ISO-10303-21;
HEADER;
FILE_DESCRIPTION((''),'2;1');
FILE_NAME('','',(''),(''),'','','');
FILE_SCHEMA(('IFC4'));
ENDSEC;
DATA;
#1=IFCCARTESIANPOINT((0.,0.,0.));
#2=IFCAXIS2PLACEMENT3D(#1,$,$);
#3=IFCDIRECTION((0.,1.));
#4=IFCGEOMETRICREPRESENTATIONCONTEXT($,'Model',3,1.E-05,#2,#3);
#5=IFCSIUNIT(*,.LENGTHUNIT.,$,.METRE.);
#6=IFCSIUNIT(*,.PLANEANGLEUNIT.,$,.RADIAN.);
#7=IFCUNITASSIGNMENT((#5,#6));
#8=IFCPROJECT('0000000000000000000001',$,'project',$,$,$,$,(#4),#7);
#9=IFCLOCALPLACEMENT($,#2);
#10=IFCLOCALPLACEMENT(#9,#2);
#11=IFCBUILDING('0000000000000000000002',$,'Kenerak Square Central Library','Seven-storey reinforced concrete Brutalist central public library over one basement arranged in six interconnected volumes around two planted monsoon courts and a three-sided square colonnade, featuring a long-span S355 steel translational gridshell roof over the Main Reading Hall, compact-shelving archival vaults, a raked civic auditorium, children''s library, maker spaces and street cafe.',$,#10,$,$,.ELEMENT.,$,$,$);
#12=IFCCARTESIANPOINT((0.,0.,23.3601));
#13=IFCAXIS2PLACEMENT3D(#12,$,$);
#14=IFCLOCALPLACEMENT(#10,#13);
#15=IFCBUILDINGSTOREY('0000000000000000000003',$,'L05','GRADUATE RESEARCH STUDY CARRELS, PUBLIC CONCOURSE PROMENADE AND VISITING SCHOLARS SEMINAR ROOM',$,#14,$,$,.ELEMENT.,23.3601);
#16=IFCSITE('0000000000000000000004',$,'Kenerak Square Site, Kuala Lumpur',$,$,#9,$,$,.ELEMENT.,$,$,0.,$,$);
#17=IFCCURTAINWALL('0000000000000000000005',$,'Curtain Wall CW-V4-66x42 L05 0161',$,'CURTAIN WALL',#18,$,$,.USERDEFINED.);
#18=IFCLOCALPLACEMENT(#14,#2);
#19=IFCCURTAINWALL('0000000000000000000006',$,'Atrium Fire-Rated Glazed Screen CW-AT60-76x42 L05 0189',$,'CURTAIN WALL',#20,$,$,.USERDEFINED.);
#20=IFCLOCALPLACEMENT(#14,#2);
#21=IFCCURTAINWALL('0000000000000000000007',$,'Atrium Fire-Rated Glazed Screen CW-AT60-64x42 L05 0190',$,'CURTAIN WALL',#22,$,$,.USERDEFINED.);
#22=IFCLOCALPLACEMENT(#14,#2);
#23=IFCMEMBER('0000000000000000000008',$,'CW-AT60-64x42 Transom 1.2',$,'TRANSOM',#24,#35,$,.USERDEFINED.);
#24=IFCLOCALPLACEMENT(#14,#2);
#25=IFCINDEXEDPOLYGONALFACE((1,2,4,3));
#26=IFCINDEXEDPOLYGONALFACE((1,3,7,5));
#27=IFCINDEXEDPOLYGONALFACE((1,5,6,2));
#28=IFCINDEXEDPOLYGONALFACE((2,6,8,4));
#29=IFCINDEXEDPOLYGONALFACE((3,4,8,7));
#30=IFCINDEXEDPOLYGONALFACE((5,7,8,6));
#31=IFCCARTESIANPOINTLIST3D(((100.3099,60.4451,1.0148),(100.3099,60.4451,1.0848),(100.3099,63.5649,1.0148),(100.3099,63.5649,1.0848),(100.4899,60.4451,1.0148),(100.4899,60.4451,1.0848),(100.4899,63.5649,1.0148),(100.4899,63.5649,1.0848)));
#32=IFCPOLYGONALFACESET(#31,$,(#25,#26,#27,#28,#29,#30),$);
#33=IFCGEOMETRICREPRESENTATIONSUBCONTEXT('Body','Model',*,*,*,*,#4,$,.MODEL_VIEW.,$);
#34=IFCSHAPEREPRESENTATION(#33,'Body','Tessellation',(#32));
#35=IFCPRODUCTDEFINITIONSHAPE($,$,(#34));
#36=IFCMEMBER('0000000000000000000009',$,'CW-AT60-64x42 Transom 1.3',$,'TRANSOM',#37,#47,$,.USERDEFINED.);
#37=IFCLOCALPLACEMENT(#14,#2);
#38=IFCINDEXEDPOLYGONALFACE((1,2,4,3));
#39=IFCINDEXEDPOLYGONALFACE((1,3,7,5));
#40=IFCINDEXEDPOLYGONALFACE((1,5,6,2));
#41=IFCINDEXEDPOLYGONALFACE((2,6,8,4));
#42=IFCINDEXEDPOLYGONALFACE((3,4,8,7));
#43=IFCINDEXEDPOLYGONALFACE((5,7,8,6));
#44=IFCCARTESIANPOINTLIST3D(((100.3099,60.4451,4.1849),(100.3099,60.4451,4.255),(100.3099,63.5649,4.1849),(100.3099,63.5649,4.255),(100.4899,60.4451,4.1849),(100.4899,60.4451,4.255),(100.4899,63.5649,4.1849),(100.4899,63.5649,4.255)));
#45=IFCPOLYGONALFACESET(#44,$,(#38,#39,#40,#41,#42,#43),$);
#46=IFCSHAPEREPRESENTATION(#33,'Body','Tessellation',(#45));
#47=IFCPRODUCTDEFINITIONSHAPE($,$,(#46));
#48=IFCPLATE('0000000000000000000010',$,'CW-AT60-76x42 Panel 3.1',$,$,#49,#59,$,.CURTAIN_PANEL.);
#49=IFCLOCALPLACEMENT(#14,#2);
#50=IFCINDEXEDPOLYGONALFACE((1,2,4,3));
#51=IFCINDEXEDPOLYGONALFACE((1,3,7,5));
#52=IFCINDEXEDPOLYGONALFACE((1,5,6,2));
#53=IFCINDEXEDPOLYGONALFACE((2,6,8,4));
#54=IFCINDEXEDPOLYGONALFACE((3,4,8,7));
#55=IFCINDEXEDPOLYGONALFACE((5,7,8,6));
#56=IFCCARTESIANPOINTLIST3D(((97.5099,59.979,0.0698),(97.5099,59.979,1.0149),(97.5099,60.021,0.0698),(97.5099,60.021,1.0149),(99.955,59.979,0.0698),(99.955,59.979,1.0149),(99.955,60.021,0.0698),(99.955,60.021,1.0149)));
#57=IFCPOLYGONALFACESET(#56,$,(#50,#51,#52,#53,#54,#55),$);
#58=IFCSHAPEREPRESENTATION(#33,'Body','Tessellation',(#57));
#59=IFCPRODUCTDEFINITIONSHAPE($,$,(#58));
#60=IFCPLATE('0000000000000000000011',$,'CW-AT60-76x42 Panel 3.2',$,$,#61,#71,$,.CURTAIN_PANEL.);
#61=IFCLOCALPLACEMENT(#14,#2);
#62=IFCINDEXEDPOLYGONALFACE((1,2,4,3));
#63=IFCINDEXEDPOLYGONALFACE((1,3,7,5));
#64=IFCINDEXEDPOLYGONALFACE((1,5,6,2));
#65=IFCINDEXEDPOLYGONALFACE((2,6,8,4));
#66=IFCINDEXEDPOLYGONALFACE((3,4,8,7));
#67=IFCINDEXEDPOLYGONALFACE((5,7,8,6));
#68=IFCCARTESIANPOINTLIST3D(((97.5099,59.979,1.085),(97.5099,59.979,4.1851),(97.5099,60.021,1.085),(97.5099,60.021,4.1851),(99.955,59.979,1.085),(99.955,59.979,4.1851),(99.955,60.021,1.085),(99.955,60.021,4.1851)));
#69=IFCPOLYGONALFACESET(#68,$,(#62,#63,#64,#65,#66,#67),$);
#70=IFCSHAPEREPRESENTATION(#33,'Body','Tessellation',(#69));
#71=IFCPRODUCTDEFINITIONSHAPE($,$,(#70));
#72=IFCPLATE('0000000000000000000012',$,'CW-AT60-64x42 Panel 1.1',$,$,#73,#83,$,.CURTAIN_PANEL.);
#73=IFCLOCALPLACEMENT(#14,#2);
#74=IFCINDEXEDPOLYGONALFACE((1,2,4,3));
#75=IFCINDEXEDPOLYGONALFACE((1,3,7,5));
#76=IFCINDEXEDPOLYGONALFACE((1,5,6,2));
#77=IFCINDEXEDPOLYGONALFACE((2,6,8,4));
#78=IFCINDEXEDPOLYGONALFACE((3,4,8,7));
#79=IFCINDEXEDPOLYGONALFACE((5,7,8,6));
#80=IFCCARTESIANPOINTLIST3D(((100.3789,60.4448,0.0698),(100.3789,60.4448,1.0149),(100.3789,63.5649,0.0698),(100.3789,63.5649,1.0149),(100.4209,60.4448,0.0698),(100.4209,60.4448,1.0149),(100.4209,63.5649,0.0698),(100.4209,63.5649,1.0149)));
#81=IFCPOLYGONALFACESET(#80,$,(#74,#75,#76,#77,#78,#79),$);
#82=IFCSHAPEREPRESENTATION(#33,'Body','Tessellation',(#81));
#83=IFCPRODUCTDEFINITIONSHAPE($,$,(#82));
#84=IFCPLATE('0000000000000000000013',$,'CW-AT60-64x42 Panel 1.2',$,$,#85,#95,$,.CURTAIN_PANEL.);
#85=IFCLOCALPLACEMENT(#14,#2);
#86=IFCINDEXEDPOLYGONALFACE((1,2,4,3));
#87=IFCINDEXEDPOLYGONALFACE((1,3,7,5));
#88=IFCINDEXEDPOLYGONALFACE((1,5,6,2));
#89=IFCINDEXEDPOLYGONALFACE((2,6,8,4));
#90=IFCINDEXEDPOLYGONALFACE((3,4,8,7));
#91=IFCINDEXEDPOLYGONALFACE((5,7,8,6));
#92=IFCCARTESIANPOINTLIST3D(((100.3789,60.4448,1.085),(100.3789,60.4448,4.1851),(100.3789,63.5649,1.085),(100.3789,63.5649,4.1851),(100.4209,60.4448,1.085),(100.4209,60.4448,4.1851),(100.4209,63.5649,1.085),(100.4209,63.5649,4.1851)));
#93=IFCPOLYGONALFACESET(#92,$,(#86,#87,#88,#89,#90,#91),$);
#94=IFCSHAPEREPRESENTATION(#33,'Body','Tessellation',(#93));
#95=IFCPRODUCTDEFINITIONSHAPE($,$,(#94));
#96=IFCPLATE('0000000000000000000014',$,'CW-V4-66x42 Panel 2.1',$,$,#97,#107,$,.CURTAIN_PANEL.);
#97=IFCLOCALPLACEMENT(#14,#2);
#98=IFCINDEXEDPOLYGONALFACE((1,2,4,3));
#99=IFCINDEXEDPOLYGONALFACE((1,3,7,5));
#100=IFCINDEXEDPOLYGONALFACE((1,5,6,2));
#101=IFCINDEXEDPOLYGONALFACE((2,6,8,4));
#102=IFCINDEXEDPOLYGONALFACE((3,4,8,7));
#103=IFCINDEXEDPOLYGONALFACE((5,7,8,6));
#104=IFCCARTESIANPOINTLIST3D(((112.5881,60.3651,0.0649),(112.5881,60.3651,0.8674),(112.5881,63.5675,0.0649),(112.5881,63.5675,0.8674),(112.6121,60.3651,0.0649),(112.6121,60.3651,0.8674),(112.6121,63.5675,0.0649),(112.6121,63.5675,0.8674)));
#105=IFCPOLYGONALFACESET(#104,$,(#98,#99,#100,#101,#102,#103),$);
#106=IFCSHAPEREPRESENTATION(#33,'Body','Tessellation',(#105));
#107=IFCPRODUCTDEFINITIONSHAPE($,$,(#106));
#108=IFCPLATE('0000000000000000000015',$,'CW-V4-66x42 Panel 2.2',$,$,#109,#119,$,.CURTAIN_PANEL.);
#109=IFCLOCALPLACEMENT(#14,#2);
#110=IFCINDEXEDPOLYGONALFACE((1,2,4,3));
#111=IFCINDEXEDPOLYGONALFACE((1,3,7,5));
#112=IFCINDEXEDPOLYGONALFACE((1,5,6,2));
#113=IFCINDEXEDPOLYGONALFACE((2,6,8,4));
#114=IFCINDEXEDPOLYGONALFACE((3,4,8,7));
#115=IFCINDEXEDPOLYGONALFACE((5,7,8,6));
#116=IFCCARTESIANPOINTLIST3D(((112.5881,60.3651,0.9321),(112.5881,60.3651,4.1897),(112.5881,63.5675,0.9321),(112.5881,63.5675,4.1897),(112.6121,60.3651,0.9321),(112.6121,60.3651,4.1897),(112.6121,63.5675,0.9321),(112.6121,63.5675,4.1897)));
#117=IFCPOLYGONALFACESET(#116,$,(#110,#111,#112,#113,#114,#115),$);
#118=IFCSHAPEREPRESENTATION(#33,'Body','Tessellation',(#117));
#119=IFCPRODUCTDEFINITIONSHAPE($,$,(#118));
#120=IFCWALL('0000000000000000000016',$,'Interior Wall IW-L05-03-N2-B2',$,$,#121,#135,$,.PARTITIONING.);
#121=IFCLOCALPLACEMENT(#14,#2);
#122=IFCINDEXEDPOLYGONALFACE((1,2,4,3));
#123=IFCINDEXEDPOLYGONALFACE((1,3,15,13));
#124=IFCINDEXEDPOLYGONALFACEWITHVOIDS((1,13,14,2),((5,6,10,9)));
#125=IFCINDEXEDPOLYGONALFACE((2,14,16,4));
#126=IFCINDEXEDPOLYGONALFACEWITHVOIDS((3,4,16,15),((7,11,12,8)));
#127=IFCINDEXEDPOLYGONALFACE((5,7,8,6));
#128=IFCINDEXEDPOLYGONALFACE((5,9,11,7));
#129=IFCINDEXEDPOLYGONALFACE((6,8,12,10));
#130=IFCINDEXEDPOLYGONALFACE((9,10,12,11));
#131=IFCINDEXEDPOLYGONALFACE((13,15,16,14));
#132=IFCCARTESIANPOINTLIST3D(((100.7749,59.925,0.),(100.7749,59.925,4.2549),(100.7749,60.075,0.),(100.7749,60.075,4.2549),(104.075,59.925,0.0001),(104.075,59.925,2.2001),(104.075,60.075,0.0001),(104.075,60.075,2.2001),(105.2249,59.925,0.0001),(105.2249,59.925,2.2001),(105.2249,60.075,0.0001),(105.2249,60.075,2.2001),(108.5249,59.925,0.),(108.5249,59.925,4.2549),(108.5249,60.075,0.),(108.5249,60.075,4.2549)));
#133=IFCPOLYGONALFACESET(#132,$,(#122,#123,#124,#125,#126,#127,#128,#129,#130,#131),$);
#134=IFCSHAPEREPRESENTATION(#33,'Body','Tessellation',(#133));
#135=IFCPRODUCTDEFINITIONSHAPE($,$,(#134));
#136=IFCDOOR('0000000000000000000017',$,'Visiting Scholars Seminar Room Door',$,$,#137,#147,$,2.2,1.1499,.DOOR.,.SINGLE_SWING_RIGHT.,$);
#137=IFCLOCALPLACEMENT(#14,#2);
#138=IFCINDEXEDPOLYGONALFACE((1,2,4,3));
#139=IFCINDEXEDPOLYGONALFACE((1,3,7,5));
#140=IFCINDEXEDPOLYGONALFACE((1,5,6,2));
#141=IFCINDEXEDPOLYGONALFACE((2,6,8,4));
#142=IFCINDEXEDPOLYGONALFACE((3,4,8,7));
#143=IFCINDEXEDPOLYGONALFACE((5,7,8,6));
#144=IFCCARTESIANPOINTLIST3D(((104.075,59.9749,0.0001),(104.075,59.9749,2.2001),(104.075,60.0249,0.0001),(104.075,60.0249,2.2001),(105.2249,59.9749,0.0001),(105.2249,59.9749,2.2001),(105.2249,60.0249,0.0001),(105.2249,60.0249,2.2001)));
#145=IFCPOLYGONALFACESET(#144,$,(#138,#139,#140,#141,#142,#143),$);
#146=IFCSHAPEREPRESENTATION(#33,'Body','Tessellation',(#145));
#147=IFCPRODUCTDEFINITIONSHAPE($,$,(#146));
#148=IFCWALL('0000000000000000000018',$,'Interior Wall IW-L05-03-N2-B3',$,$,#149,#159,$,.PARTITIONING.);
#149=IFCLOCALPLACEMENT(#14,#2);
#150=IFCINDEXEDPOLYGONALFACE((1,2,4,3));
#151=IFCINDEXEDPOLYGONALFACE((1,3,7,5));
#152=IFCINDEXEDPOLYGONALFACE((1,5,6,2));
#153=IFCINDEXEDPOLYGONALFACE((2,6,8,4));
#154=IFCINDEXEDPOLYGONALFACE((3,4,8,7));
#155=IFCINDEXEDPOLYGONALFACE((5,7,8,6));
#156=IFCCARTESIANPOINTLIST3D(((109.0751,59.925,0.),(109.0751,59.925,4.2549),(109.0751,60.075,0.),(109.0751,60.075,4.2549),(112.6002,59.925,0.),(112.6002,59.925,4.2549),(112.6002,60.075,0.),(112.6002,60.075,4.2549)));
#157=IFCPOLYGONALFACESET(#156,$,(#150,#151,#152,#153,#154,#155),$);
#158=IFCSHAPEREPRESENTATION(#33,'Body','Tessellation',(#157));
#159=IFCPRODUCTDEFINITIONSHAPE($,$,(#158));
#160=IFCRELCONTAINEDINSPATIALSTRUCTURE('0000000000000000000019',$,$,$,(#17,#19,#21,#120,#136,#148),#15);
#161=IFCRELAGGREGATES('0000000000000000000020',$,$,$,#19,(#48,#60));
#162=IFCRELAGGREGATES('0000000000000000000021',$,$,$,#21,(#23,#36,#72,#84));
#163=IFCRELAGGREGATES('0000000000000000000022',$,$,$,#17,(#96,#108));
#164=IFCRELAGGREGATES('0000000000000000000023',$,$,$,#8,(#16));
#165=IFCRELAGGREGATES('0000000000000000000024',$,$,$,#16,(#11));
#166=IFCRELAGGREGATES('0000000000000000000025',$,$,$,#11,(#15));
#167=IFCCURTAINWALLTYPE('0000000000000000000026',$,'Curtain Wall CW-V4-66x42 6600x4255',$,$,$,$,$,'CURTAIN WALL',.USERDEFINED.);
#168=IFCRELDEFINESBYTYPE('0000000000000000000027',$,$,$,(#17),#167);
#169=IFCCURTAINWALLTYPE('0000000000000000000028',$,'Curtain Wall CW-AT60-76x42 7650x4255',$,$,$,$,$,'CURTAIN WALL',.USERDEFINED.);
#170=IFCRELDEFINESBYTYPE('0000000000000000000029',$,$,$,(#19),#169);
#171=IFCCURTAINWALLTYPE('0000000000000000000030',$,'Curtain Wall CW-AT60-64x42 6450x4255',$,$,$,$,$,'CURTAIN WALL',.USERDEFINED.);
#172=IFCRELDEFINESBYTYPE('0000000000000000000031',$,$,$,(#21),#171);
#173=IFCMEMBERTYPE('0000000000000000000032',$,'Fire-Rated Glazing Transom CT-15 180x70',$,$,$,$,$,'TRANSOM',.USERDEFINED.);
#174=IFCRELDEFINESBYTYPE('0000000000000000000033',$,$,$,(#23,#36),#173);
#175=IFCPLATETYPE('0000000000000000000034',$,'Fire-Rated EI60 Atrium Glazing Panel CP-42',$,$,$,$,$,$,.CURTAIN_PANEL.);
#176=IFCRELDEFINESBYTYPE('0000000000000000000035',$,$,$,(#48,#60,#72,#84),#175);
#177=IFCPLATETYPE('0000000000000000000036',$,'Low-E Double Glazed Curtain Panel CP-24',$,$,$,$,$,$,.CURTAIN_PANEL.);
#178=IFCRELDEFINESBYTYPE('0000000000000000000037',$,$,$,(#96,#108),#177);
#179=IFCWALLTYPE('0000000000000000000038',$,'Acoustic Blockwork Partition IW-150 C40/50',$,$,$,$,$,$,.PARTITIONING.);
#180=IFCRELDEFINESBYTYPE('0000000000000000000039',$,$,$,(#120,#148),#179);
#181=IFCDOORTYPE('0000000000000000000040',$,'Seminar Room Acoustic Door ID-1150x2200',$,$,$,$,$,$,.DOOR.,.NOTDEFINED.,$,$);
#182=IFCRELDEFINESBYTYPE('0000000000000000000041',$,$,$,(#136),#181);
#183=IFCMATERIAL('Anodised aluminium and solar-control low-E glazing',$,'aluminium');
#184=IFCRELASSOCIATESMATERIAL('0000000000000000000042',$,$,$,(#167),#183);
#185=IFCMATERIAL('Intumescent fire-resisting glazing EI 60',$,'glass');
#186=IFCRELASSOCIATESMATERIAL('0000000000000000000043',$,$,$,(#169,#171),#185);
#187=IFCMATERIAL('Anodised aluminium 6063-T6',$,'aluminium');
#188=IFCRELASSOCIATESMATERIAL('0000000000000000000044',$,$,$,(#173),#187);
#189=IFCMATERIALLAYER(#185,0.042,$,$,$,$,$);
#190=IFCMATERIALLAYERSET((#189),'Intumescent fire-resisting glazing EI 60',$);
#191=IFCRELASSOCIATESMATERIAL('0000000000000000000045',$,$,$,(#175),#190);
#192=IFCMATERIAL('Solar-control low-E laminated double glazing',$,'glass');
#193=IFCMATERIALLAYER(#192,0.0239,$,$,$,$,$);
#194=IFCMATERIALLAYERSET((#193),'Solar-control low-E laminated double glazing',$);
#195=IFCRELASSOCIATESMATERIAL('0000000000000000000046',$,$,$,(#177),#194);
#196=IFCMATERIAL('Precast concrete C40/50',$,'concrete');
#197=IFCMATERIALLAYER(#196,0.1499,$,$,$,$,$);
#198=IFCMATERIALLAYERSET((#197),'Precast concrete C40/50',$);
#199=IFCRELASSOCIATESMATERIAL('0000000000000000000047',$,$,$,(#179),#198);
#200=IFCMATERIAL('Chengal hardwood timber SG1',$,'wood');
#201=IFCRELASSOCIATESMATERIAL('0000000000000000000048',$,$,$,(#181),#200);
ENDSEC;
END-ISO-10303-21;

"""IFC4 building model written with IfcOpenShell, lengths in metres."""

from ifc_helpers import new_model, si_unit, direction, frame, frame_2d, origin, origin_2d, place, context, subcontext, project, spatial, rectangle, extrude, material, layer, layer_set, material_profile, profile_set, type_object, element, fill, aggregate, save


model = new_model("IFC4")

# Units and contexts
model_context = context("Model", 3, precision=1e-05, world=origin(), true_north=direction((0.0, 1.0)))
body_context = subcontext(model_context, "Body", "Model", "MODEL_VIEW")
ifc_project = project(units=[si_unit("LENGTHUNIT", "METRE"), si_unit("PLANEANGLEUNIT", "RADIAN")], contexts=[model_context])

# Site, building, storey
site_placement = place(None, origin())
site = spatial("IfcSite", under=ifc_project, at=site_placement, Name="Kenerak Square Site, Kuala Lumpur", CompositionType="ELEMENT", RefElevation=0.0)
building_placement = place(site_placement, origin())
building = spatial("IfcBuilding", under=site, at=building_placement, Name="Kenerak Square Central Library", Description="Seven-storey reinforced concrete Brutalist central public library over one basement arranged in six interconnected volumes around two planted monsoon courts and a three-sided square colonnade, featuring a long-span S355 steel translational gridshell roof over the Main Reading Hall, compact-shelving archival vaults, a raked civic auditorium, children's library, maker spaces and street cafe.", CompositionType="ELEMENT")
storey_placement = place(building_placement, frame((0.0, 0.0, 23.3601)))
storey = spatial("IfcBuildingStorey", under=building, at=storey_placement, Name="L05", Description="GRADUATE RESEARCH STUDY CARRELS, PUBLIC CONCOURSE PROMENADE AND VISITING SCHOLARS SEMINAR ROOM", CompositionType="ELEMENT", Elevation=23.3601)

# Curtain wall
ifc_material_1 = material(Name="Anodised aluminium and solar-control low-E glazing", Category="aluminium")
curtain_wall_type_1 = type_object("IfcCurtainWallType", Name="Curtain Wall CW-V4-66x42 6600x4255", ElementType="CURTAIN WALL", PredefinedType="USERDEFINED", material=ifc_material_1)
curtain_wall_1_placement = place(storey_placement, origin())
curtain_wall_1 = element("IfcCurtainWall", 1, at=curtain_wall_1_placement, inside=storey, type_object=curtain_wall_type_1, Name="Curtain Wall CW-V4-66x42 L05 0161", ObjectType="CURTAIN WALL", PredefinedType="USERDEFINED")
ifc_material_2 = material(Name="Anodised aluminium 6063-T6", Category="aluminium")

# Curtain wall
ifc_material_3 = material(Name="Intumescent fire-resisting glazing EI 60", Category="glass")
curtain_wall_type_2 = type_object("IfcCurtainWallType", Name="Curtain Wall CW-AT60-76x42 7650x4255", ElementType="CURTAIN WALL", PredefinedType="USERDEFINED", material=ifc_material_3)
curtain_wall_2_placement = place(storey_placement, origin())
curtain_wall_2 = element("IfcCurtainWall", 2, at=curtain_wall_2_placement, inside=storey, type_object=curtain_wall_type_2, Name="Atrium Fire-Rated Glazed Screen CW-AT60-76x42 L05 0189", ObjectType="CURTAIN WALL", PredefinedType="USERDEFINED")

# Curtain wall
curtain_wall_type_3 = type_object("IfcCurtainWallType", Name="Curtain Wall CW-AT60-64x42 6450x4255", ElementType="CURTAIN WALL", PredefinedType="USERDEFINED", material=ifc_material_3)
curtain_wall_3_placement = place(storey_placement, origin())
curtain_wall_3 = element("IfcCurtainWall", 3, at=curtain_wall_3_placement, inside=storey, type_object=curtain_wall_type_3, Name="Atrium Fire-Rated Glazed Screen CW-AT60-64x42 L05 0190", ObjectType="CURTAIN WALL", PredefinedType="USERDEFINED")

# Members
ifc_material_profile_1 = material_profile(ifc_material_2, rectangle(XDim=0.1799, YDim=0.0701, at=origin_2d()), Name="AL TRANSOM 180x70")
ifc_profile_set_1 = profile_set([ifc_material_profile_1], Name="Anodised aluminium 6063-T6")
member_type_1 = type_object("IfcMemberType", Name="Fire-Rated Glazing Transom CT-15 180x70", ElementType="TRANSOM", PredefinedType="USERDEFINED", material=ifc_profile_set_1)
member_1_placement = place(storey_placement, frame((100.3999, 60.4451, 1.0498), z_axis=(0.0, 1.0, 0.0), x_axis=(-1.0, 0.0, 0.0)))
member_1 = element("IfcMember", 4, at=member_1_placement, type_object=member_type_1, Name="CW-AT60-64x42 Transom 1.2", ObjectType="TRANSOM", PredefinedType="USERDEFINED", context=body_context, shape_type="SweptSolid", body=[
    extrude(rectangle(XDim=0.1799, YDim=0.0701, at=origin_2d()), origin(), (0.0, 0.0, 1.0), 3.1199),
])
member_2_placement = place(storey_placement, frame((100.3999, 60.4451, 4.22), z_axis=(0.0, 1.0, 0.0), x_axis=(-1.0, 0.0, 0.0)))
member_2 = element("IfcMember", 5, at=member_2_placement, type_object=member_type_1, Name="CW-AT60-64x42 Transom 1.3", ObjectType="TRANSOM", PredefinedType="USERDEFINED", context=body_context, shape_type="SweptSolid", body=[
    extrude(rectangle(XDim=0.1799, YDim=0.0701, at=origin_2d()), origin(), (0.0, 0.0, 1.0), 3.1199),
])

# Plates
ifc_layer_1 = layer(ifc_material_3, 0.042)
ifc_layer_set_1 = layer_set([ifc_layer_1], Name="Intumescent fire-resisting glazing EI 60")
plate_type_1 = type_object("IfcPlateType", Name="Fire-Rated EI60 Atrium Glazing Panel CP-42", PredefinedType="CURTAIN_PANEL", material=ifc_layer_set_1)
plate_1_placement = place(storey_placement, frame((98.7324, 60.0, 0.0698), z_axis=(0.0, 0.0, 1.0), x_axis=(1.0, 0.0, 0.0)))
plate_1 = element("IfcPlate", 6, at=plate_1_placement, type_object=plate_type_1, Name="CW-AT60-76x42 Panel 3.1", PredefinedType="CURTAIN_PANEL", context=body_context, shape_type="SweptSolid", body=[
    extrude(rectangle(XDim=2.4451, YDim=0.042, at=origin_2d()), origin(), (0.0, 0.0, 1.0), 0.9451),
])
plate_2_placement = place(storey_placement, frame((98.7324, 60.0, 1.085), z_axis=(0.0, 0.0, 1.0), x_axis=(1.0, 0.0, 0.0)))
plate_2 = element("IfcPlate", 7, at=plate_2_placement, type_object=plate_type_1, Name="CW-AT60-76x42 Panel 3.2", PredefinedType="CURTAIN_PANEL", context=body_context, shape_type="SweptSolid", body=[
    extrude(rectangle(XDim=2.4451, YDim=0.042, at=origin_2d()), origin(), (0.0, 0.0, 1.0), 3.1001),
])
aggregate(curtain_wall_2, [plate_1, plate_2])
plate_3_placement = place(storey_placement, frame((100.3999, 62.0049, 0.0698), z_axis=(0.0, 0.0, 1.0), x_axis=(0.0, 1.0, 0.0)))
plate_3 = element("IfcPlate", 8, at=plate_3_placement, type_object=plate_type_1, Name="CW-AT60-64x42 Panel 1.1", PredefinedType="CURTAIN_PANEL", context=body_context, shape_type="SweptSolid", body=[
    extrude(rectangle(XDim=3.1201, YDim=0.042, at=origin_2d()), origin(), (0.0, 0.0, 1.0), 0.9451),
])
plate_4_placement = place(storey_placement, frame((100.3999, 62.0049, 1.085), z_axis=(0.0, 0.0, 1.0), x_axis=(0.0, 1.0, 0.0)))
plate_4 = element("IfcPlate", 9, at=plate_4_placement, type_object=plate_type_1, Name="CW-AT60-64x42 Panel 1.2", PredefinedType="CURTAIN_PANEL", context=body_context, shape_type="SweptSolid", body=[
    extrude(rectangle(XDim=3.1201, YDim=0.042, at=origin_2d()), origin(), (0.0, 0.0, 1.0), 3.1001),
])
aggregate(curtain_wall_3, [member_1, member_2, plate_3, plate_4])
ifc_material_4 = material(Name="Solar-control low-E laminated double glazing", Category="glass")
ifc_layer_2 = layer(ifc_material_4, 0.0239)
ifc_layer_set_2 = layer_set([ifc_layer_2], Name="Solar-control low-E laminated double glazing")
plate_type_2 = type_object("IfcPlateType", Name="Low-E Double Glazed Curtain Panel CP-24", PredefinedType="CURTAIN_PANEL", material=ifc_layer_set_2)
plate_5_placement = place(storey_placement, frame((112.6001, 61.9663, 0.0649), z_axis=(0.0, 0.0, 1.0), x_axis=(0.0, -1.0, 0.0)))
plate_5 = element("IfcPlate", 10, at=plate_5_placement, type_object=plate_type_2, Name="CW-V4-66x42 Panel 2.1", PredefinedType="CURTAIN_PANEL", context=body_context, shape_type="SweptSolid", body=[
    extrude(rectangle(XDim=3.2024, YDim=0.0239, at=origin_2d()), origin(), (0.0, 0.0, 1.0), 0.8025),
])
plate_6_placement = place(storey_placement, frame((112.6001, 61.9663, 0.9321), z_axis=(0.0, 0.0, 1.0), x_axis=(0.0, -1.0, 0.0)))
plate_6 = element("IfcPlate", 11, at=plate_6_placement, type_object=plate_type_2, Name="CW-V4-66x42 Panel 2.2", PredefinedType="CURTAIN_PANEL", context=body_context, shape_type="SweptSolid", body=[
    extrude(rectangle(XDim=3.2024, YDim=0.0239, at=origin_2d()), origin(), (0.0, 0.0, 1.0), 3.2576),
])
aggregate(curtain_wall_1, [plate_5, plate_6])

# Wall, opening, door
ifc_material_5 = material(Name="Precast concrete C40/50", Category="concrete")
ifc_layer_3 = layer(ifc_material_5, 0.1499)
ifc_layer_set_3 = layer_set([ifc_layer_3], Name="Precast concrete C40/50")
wall_type = type_object("IfcWallType", Name="Acoustic Blockwork Partition IW-150 C40/50", PredefinedType="PARTITIONING", material=ifc_layer_set_3)
wall_1_placement = place(storey_placement, frame((100.7749, 60.0, 0.0), z_axis=(0.0, 0.0, 1.0), x_axis=(1.0, 0.0, 0.0)))
wall_1 = element("IfcWall", 12, at=wall_1_placement, inside=storey, type_object=wall_type, Name="Interior Wall IW-L05-03-N2-B2", PredefinedType="PARTITIONING", context=body_context, shape_type="SweptSolid", body=[
    extrude(rectangle(XDim=7.75, YDim=0.1499, at=frame_2d((3.875, 0.0))), origin(), (0.0, 0.0, 1.0), 4.2549),
])
opening_placement = place(wall_1_placement, frame((3.3, 0.0, 0.0)))
opening = element("IfcOpeningElement", 13, at=opening_placement, cuts=wall_1, PredefinedType="OPENING", context=body_context, shape_type="SweptSolid", body=[
    extrude(rectangle(XDim=1.1499, YDim=2.2, at=frame_2d((0.575, 1.1001))), frame((0.0, 0.085, 0.0), z_axis=(0.0, -1.0, 0.0), x_axis=(1.0, 0.0, 0.0)), (0.0, 0.0, 1.0), 0.1699),
])
ifc_material_6 = material(Name="Chengal hardwood timber SG1", Category="wood")
door_type = type_object("IfcDoorType", Name="Seminar Room Acoustic Door ID-1150x2200", OperationType="NOTDEFINED", PredefinedType="DOOR", material=ifc_material_6)
door_placement = place(opening_placement, origin())
door = element("IfcDoor", 14, at=door_placement, inside=storey, type_object=door_type, Name="Visiting Scholars Seminar Room Door", OperationType="SINGLE_SWING_RIGHT", OverallHeight=2.2, OverallWidth=1.1499, PredefinedType="DOOR", context=body_context, shape_type="SweptSolid", body=[
    extrude(rectangle(XDim=1.1499, YDim=2.2, at=frame_2d((0.575, 1.1001))), frame((0.0, 0.0249, 0.0), z_axis=(0.0, -1.0, 0.0), x_axis=(1.0, 0.0, 0.0)), (0.0, 0.0, 1.0), 0.05),
])
fill(opening, door)

# Wall
wall_2_placement = place(storey_placement, frame((109.075, 60.0, 0.0), z_axis=(0.0, 0.0, 1.0), x_axis=(1.0, 0.0, 0.0)))
element("IfcWall", 15, at=wall_2_placement, inside=storey, type_object=wall_type, Name="Interior Wall IW-L05-03-N2-B3", PredefinedType="PARTITIONING", context=body_context, shape_type="SweptSolid", body=[
    extrude(rectangle(XDim=3.5251, YDim=0.1499, at=frame_2d((1.7627, 0.0))), origin(), (0.0, 0.0, 1.0), 4.2549),
])

save(model, "model.ifc")
